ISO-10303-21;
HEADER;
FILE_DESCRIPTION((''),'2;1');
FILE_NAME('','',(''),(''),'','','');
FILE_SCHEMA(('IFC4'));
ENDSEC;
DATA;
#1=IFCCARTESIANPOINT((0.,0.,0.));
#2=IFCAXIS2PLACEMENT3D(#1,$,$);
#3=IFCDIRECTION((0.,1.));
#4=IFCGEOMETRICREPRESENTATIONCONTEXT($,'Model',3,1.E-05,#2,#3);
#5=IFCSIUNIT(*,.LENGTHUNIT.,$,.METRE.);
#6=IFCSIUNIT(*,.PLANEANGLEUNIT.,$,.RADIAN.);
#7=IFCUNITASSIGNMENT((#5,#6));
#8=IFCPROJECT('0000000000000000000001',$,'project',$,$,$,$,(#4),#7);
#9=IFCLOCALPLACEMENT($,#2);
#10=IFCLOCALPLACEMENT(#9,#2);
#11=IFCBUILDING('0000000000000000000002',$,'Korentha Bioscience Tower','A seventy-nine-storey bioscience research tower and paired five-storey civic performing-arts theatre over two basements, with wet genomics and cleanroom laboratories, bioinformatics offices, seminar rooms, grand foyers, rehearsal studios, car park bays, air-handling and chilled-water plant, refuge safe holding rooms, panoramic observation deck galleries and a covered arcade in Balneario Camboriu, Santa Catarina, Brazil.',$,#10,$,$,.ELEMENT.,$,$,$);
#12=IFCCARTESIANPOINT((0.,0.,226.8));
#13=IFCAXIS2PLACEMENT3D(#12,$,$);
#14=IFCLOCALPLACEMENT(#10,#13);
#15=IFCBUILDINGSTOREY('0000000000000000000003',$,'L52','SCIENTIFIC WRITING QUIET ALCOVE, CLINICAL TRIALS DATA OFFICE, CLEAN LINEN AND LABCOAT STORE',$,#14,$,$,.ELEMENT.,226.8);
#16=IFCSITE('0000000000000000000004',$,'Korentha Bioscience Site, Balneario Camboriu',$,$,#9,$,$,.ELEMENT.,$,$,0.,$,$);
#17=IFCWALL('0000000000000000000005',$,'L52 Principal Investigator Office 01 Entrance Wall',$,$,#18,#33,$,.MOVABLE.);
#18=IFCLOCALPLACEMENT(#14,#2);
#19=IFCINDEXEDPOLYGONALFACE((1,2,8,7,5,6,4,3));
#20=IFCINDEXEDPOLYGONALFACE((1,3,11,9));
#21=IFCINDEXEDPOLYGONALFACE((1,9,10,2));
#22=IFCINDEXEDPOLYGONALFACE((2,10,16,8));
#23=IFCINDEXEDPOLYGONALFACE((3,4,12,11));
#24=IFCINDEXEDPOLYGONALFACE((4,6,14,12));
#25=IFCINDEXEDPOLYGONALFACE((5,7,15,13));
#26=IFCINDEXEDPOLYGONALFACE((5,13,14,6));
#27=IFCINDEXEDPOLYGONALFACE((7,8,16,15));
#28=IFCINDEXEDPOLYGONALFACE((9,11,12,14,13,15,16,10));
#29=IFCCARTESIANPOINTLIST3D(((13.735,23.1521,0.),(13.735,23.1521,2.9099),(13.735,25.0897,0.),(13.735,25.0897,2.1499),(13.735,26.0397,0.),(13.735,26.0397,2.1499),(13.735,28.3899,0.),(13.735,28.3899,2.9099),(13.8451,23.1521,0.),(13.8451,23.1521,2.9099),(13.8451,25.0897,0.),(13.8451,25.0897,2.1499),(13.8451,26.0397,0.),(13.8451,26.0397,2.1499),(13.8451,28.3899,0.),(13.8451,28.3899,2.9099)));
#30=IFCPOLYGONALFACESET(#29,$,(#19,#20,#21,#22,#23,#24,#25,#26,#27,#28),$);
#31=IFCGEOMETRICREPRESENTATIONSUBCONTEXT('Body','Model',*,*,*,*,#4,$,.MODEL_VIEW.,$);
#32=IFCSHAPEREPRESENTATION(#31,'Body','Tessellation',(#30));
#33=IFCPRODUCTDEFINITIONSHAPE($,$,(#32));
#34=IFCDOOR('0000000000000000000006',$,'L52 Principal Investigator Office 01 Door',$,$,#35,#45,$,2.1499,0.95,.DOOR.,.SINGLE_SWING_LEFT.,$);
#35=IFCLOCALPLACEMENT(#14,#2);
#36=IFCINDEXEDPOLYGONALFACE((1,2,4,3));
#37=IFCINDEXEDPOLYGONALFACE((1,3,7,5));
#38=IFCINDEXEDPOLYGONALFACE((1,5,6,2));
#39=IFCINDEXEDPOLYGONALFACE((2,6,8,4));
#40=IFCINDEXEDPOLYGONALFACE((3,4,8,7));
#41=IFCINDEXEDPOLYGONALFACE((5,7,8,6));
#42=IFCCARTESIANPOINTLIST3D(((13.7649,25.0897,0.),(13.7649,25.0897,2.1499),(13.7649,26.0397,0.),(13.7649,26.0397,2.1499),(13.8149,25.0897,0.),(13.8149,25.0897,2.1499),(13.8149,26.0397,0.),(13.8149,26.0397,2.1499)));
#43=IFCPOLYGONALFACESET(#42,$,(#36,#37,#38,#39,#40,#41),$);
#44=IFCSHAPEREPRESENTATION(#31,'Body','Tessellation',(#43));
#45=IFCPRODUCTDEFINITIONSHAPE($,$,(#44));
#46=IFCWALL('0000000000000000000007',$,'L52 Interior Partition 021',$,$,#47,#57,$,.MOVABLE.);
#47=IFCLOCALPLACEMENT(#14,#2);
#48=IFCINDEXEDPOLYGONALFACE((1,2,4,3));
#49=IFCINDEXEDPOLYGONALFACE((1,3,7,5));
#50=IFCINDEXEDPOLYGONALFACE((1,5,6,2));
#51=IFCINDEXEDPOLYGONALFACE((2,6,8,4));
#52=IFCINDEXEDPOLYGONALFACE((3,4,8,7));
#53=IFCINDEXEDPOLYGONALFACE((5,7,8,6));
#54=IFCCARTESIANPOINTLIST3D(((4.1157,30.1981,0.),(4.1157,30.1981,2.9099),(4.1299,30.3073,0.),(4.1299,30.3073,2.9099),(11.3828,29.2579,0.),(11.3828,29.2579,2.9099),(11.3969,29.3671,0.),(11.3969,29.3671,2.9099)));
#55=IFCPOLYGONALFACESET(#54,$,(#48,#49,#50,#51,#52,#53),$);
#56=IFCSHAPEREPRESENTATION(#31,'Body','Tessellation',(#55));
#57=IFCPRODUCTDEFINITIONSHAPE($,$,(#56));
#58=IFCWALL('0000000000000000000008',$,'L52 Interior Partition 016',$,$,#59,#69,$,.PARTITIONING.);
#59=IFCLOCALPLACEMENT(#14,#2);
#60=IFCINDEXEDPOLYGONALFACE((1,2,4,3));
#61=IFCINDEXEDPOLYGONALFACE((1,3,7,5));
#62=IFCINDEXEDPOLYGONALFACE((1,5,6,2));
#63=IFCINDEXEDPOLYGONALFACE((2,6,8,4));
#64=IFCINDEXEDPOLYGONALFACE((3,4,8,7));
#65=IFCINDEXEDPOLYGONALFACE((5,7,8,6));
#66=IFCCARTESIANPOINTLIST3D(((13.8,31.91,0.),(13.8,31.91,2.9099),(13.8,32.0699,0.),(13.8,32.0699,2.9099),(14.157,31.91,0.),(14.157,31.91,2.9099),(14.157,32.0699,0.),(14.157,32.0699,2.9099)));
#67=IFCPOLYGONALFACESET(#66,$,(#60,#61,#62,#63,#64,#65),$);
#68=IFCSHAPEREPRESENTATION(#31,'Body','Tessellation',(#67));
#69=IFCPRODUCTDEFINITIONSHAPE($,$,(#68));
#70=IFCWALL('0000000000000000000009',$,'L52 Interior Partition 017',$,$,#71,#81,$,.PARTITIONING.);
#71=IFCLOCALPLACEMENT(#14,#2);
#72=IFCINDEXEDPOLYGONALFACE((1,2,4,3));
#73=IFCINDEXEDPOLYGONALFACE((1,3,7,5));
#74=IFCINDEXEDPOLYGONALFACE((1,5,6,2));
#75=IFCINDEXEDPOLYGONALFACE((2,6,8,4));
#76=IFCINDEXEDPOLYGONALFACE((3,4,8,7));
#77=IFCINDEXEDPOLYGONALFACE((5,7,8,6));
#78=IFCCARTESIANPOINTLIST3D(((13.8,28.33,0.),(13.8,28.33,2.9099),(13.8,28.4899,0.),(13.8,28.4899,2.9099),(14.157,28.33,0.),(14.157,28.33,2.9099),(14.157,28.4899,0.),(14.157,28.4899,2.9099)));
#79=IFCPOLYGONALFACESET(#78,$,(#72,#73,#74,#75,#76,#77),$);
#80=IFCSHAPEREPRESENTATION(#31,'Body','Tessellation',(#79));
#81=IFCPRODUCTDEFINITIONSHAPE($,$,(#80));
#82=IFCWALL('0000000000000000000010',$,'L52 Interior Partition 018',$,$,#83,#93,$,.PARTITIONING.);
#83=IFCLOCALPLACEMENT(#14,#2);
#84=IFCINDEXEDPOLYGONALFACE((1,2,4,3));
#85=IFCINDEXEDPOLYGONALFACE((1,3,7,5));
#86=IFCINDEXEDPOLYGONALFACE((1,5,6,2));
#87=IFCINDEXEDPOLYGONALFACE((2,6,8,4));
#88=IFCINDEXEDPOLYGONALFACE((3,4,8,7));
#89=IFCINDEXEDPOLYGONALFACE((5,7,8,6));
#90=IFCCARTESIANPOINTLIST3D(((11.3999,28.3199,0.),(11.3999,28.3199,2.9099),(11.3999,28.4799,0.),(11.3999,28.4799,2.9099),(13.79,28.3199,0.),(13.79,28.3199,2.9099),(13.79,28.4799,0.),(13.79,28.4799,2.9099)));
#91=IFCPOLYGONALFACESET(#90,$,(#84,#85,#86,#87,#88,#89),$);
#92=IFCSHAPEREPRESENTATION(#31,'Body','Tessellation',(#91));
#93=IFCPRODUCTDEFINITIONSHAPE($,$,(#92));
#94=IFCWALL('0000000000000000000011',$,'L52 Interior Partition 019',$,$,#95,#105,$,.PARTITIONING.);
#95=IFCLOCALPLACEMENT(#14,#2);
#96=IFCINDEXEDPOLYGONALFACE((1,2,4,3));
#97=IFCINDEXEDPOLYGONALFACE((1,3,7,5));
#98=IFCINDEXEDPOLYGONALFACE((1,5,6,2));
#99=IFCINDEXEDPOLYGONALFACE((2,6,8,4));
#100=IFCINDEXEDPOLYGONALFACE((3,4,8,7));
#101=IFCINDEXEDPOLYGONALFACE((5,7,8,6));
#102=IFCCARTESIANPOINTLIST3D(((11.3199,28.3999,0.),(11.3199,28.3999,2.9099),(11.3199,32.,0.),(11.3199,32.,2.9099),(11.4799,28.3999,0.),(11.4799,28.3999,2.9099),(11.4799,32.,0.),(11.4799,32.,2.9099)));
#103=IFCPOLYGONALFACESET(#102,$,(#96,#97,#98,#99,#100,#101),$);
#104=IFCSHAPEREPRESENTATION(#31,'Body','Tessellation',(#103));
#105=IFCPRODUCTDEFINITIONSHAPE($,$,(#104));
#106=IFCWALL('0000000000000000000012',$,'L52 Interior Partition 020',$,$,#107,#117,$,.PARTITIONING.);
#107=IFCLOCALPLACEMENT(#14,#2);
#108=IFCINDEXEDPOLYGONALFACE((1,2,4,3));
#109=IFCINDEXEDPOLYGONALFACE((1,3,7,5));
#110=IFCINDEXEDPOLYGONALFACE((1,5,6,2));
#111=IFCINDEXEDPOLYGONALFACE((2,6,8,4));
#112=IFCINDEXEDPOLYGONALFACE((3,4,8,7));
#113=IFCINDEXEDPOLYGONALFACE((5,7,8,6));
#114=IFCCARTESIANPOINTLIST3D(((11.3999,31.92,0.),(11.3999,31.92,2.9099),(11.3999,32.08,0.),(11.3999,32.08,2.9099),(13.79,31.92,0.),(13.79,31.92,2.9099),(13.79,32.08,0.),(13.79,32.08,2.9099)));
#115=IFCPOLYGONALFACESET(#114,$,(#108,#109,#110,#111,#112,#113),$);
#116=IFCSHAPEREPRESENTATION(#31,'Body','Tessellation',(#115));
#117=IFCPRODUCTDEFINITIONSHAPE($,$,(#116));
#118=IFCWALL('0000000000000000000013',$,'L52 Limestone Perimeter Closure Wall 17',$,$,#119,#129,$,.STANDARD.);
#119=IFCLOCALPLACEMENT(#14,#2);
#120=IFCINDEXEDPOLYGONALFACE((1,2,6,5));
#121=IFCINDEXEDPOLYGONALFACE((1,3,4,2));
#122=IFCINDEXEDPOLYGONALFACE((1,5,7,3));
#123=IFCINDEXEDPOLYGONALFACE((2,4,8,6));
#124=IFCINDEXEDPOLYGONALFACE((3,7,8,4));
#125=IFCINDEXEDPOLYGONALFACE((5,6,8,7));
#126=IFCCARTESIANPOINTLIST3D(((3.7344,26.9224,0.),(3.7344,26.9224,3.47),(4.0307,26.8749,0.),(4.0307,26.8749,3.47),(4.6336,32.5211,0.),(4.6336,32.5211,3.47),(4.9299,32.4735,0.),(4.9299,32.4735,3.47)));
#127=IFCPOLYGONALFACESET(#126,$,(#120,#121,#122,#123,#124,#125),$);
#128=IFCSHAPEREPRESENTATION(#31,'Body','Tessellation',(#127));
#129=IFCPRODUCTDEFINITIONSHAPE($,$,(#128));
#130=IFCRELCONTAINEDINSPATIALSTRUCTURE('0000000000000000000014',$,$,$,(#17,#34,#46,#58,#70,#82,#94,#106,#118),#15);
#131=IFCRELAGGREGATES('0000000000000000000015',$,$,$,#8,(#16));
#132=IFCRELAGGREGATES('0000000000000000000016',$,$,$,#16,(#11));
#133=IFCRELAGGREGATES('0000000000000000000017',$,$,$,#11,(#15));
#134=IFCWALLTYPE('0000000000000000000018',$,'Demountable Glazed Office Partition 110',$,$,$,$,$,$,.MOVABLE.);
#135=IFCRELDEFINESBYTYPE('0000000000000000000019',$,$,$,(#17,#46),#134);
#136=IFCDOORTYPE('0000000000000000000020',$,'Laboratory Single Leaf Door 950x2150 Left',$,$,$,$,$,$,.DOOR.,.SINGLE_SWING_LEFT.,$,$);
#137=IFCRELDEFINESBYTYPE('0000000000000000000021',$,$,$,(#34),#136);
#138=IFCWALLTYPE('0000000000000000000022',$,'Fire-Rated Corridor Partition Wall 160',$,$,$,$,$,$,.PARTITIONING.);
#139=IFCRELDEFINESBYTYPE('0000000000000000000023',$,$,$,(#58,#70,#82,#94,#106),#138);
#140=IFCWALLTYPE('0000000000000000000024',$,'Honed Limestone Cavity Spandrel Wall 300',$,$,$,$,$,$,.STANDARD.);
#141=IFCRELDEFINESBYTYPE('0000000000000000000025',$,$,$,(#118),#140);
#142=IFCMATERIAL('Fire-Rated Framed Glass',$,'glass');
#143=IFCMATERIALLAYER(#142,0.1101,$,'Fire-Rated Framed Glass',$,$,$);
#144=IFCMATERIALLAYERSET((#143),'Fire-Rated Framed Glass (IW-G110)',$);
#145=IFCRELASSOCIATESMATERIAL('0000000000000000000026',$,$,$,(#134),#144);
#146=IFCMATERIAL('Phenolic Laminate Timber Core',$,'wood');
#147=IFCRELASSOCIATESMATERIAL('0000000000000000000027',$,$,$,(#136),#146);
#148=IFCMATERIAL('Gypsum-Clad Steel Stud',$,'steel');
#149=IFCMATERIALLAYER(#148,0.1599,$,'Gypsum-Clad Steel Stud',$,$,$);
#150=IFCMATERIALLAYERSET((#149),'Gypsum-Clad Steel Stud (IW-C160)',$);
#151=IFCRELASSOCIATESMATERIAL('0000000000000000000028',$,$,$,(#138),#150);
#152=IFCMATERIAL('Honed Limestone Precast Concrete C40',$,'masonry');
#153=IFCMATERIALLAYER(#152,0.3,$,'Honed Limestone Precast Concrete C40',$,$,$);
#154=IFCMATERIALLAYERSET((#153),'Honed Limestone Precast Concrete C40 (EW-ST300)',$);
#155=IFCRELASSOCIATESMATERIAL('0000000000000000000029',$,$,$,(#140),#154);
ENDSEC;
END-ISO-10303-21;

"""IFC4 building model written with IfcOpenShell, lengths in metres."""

from ifc_helpers import new_model, si_unit, direction, frame, frame_2d, origin, place, context, subcontext, project, spatial, rectangle, extrude, material, layer, layer_set, type_object, element, fill, save


model = new_model("IFC4")

# Units and contexts
model_context = context("Model", 3, precision=1e-05, world=origin(), true_north=direction((0.0, 1.0)))
body_context = subcontext(model_context, "Body", "Model", "MODEL_VIEW")
ifc_project = project(units=[si_unit("LENGTHUNIT", "METRE"), si_unit("PLANEANGLEUNIT", "RADIAN")], contexts=[model_context])

# Site, building, storey
site_placement = place(None, origin())
site = spatial("IfcSite", under=ifc_project, at=site_placement, Name="Korentha Bioscience Site, Balneario Camboriu", CompositionType="ELEMENT", RefElevation=0.0)
building_placement = place(site_placement, origin())
building = spatial("IfcBuilding", under=site, at=building_placement, Name="Korentha Bioscience Tower", Description="A seventy-nine-storey bioscience research tower and paired five-storey civic performing-arts theatre over two basements, with wet genomics and cleanroom laboratories, bioinformatics offices, seminar rooms, grand foyers, rehearsal studios, car park bays, air-handling and chilled-water plant, refuge safe holding rooms, panoramic observation deck galleries and a covered arcade in Balneario Camboriu, Santa Catarina, Brazil.", CompositionType="ELEMENT")
storey_placement = place(building_placement, frame((0.0, 0.0, 226.8)))
storey = spatial("IfcBuildingStorey", under=building, at=storey_placement, Name="L52", Description="SCIENTIFIC WRITING QUIET ALCOVE, CLINICAL TRIALS DATA OFFICE, CLEAN LINEN AND LABCOAT STORE", CompositionType="ELEMENT", Elevation=226.8)

# Wall, opening, door
ifc_material_1 = material(Name="Fire-Rated Framed Glass", Category="glass")
ifc_layer_1 = layer(ifc_material_1, 0.1101, Name="Fire-Rated Framed Glass")
ifc_layer_set_1 = layer_set([ifc_layer_1], Name="Fire-Rated Framed Glass (IW-G110)")
wall_type_1 = type_object("IfcWallType", Name="Demountable Glazed Office Partition 110", PredefinedType="MOVABLE", material=ifc_layer_set_1)
wall_1_placement = place(storey_placement, frame((13.79, 28.3899, 0.0), z_axis=(0.0, 0.0, 1.0), x_axis=(0.0, -1.0, 0.0)))
wall_1 = element("IfcWall", 1, at=wall_1_placement, inside=storey, type_object=wall_type_1, Name="L52 Principal Investigator Office 01 Entrance Wall", PredefinedType="MOVABLE", context=body_context, shape_type="SweptSolid", body=[
    extrude(rectangle(XDim=5.2378, YDim=0.1101, at=frame_2d((2.6189, 0.0))), origin(), (0.0, 0.0, 1.0), 2.9099),
])
opening_1_placement = place(wall_1_placement, frame((2.3501, 0.0, 0.0)))
opening_1 = element("IfcOpeningElement", 2, at=opening_1_placement, cuts=wall_1, PredefinedType="OPENING", context=body_context, shape_type="SweptSolid", body=[
    extrude(rectangle(XDim=0.95, YDim=2.1499, at=frame_2d((0.4751, 1.075))), frame((0.0, 0.0698, 0.0), z_axis=(0.0, -1.0, 0.0), x_axis=(1.0, 0.0, 0.0)), (0.0, 0.0, 1.0), 0.1399),
])
ifc_material_2 = material(Name="Phenolic Laminate Timber Core", Category="wood")
door_type_1 = type_object("IfcDoorType", Name="Laboratory Single Leaf Door 950x2150 Left", OperationType="SINGLE_SWING_LEFT", PredefinedType="DOOR", material=ifc_material_2)
door_1_placement = place(opening_1_placement, origin())
door_1 = element("IfcDoor", 3, at=door_1_placement, inside=storey, type_object=door_type_1, Name="L52 Principal Investigator Office 01 Door", OperationType="SINGLE_SWING_LEFT", OverallHeight=2.1499, OverallWidth=0.95, PredefinedType="DOOR", context=body_context, shape_type="SweptSolid", body=[
    extrude(rectangle(XDim=0.95, YDim=2.1499, at=frame_2d((0.4751, 1.075))), frame((0.0, 0.0249, 0.0), z_axis=(0.0, -1.0, 0.0), x_axis=(1.0, 0.0, 0.0)), (0.0, 0.0, 1.0), 0.05),
])
fill(opening_1, door_1)

# Wall
wall_2_placement = place(storey_placement, frame((4.1228, 30.2527, 0.0), z_axis=(0.0, 0.0, 1.0), x_axis=(0.991735, -0.128306, 0.0)))
element("IfcWall", 4, at=wall_2_placement, inside=storey, type_object=wall_type_1, Name="L52 Interior Partition 021", PredefinedType="MOVABLE", context=body_context, shape_type="SweptSolid", body=[
    extrude(rectangle(XDim=7.3276, YDim=0.1101, at=frame_2d((3.6638, 0.0))), origin(), (0.0, 0.0, 1.0), 2.9099),
])

# Shared definitions
ifc_material_3 = material(Name="Gypsum-Clad Steel Stud", Category="steel")
ifc_layer_2 = layer(ifc_material_3, 0.1599, Name="Gypsum-Clad Steel Stud")
ifc_layer_set_2 = layer_set([ifc_layer_2], Name="Gypsum-Clad Steel Stud (IW-C160)")
wall_type_2 = type_object("IfcWallType", Name="Fire-Rated Corridor Partition Wall 160", PredefinedType="PARTITIONING", material=ifc_layer_set_2)

# Walls
for number, where, z_axis, x_axis, name in (
    (5, (13.8, 31.99, 0.0), (0.0, 0.0, 1.0), (1.0, 0.0, 0.0), "L52 Interior Partition 016"),
    (6, (14.157, 28.4099, 0.0), (0.0, 0.0, 1.0), (-1.0, 0.0, 0.0), "L52 Interior Partition 017"),
):
    element("IfcWall", number, at=place(storey_placement, frame(where, z_axis=z_axis, x_axis=x_axis)), inside=storey, type_object=wall_type_2, Name=name, PredefinedType="PARTITIONING", context=body_context, shape_type="SweptSolid", body=[
        extrude(rectangle(XDim=0.3569, YDim=0.1599, at=frame_2d((0.1785, 0.0))), origin(), (0.0, 0.0, 1.0), 2.9099),
    ])
wall_3_placement = place(storey_placement, frame((13.79, 28.3999, 0.0), z_axis=(0.0, 0.0, 1.0), x_axis=(-1.0, 0.0, 0.0)))
element("IfcWall", 7, at=wall_3_placement, inside=storey, type_object=wall_type_2, Name="L52 Interior Partition 018", PredefinedType="PARTITIONING", context=body_context, shape_type="SweptSolid", body=[
    extrude(rectangle(XDim=2.3901, YDim=0.1599, at=frame_2d((1.1951, 0.0))), origin(), (0.0, 0.0, 1.0), 2.9099),
])
wall_4_placement = place(storey_placement, frame((11.3999, 28.3999, 0.0), z_axis=(0.0, 0.0, 1.0), x_axis=(0.0, 1.0, 0.0)))
element("IfcWall", 8, at=wall_4_placement, inside=storey, type_object=wall_type_2, Name="L52 Interior Partition 019", PredefinedType="PARTITIONING", context=body_context, shape_type="SweptSolid", body=[
    extrude(rectangle(XDim=3.6001, YDim=0.1599, at=frame_2d((1.8, 0.0))), origin(), (0.0, 0.0, 1.0), 2.9099),
])
wall_5_placement = place(storey_placement, frame((11.3999, 32.0, 0.0), z_axis=(0.0, 0.0, 1.0), x_axis=(1.0, 0.0, 0.0)))
element("IfcWall", 9, at=wall_5_placement, inside=storey, type_object=wall_type_2, Name="L52 Interior Partition 020", PredefinedType="PARTITIONING", context=body_context, shape_type="SweptSolid", body=[
    extrude(rectangle(XDim=2.3901, YDim=0.1599, at=frame_2d((1.1951, 0.0))), origin(), (0.0, 0.0, 1.0), 2.9099),
])
ifc_material_4 = material(Name="Honed Limestone Precast Concrete C40", Category="masonry")
ifc_layer_3 = layer(ifc_material_4, 0.3, Name="Honed Limestone Precast Concrete C40")
ifc_layer_set_3 = layer_set([ifc_layer_3], Name="Honed Limestone Precast Concrete C40 (EW-ST300)")
wall_type_3 = type_object("IfcWallType", Name="Honed Limestone Cavity Spandrel Wall 300", PredefinedType="STANDARD", material=ifc_layer_set_3)
wall_6_placement = place(storey_placement, frame((4.7817, 32.4973, 0.0), z_axis=(0.0, 0.0, 1.0), x_axis=(-0.158573, -0.987347, 0.0)))
element("IfcWall", 10, at=wall_6_placement, inside=storey, type_object=wall_type_3, Name="L52 Limestone Perimeter Closure Wall 17", PredefinedType="STANDARD", context=body_context, shape_type="SweptSolid", body=[
    extrude(rectangle(XDim=5.6704, YDim=0.3, at=frame_2d((2.8352, 0.0))), origin(), (0.0, 0.0, 1.0), 3.47),
])

save(model, "model.ifc")
